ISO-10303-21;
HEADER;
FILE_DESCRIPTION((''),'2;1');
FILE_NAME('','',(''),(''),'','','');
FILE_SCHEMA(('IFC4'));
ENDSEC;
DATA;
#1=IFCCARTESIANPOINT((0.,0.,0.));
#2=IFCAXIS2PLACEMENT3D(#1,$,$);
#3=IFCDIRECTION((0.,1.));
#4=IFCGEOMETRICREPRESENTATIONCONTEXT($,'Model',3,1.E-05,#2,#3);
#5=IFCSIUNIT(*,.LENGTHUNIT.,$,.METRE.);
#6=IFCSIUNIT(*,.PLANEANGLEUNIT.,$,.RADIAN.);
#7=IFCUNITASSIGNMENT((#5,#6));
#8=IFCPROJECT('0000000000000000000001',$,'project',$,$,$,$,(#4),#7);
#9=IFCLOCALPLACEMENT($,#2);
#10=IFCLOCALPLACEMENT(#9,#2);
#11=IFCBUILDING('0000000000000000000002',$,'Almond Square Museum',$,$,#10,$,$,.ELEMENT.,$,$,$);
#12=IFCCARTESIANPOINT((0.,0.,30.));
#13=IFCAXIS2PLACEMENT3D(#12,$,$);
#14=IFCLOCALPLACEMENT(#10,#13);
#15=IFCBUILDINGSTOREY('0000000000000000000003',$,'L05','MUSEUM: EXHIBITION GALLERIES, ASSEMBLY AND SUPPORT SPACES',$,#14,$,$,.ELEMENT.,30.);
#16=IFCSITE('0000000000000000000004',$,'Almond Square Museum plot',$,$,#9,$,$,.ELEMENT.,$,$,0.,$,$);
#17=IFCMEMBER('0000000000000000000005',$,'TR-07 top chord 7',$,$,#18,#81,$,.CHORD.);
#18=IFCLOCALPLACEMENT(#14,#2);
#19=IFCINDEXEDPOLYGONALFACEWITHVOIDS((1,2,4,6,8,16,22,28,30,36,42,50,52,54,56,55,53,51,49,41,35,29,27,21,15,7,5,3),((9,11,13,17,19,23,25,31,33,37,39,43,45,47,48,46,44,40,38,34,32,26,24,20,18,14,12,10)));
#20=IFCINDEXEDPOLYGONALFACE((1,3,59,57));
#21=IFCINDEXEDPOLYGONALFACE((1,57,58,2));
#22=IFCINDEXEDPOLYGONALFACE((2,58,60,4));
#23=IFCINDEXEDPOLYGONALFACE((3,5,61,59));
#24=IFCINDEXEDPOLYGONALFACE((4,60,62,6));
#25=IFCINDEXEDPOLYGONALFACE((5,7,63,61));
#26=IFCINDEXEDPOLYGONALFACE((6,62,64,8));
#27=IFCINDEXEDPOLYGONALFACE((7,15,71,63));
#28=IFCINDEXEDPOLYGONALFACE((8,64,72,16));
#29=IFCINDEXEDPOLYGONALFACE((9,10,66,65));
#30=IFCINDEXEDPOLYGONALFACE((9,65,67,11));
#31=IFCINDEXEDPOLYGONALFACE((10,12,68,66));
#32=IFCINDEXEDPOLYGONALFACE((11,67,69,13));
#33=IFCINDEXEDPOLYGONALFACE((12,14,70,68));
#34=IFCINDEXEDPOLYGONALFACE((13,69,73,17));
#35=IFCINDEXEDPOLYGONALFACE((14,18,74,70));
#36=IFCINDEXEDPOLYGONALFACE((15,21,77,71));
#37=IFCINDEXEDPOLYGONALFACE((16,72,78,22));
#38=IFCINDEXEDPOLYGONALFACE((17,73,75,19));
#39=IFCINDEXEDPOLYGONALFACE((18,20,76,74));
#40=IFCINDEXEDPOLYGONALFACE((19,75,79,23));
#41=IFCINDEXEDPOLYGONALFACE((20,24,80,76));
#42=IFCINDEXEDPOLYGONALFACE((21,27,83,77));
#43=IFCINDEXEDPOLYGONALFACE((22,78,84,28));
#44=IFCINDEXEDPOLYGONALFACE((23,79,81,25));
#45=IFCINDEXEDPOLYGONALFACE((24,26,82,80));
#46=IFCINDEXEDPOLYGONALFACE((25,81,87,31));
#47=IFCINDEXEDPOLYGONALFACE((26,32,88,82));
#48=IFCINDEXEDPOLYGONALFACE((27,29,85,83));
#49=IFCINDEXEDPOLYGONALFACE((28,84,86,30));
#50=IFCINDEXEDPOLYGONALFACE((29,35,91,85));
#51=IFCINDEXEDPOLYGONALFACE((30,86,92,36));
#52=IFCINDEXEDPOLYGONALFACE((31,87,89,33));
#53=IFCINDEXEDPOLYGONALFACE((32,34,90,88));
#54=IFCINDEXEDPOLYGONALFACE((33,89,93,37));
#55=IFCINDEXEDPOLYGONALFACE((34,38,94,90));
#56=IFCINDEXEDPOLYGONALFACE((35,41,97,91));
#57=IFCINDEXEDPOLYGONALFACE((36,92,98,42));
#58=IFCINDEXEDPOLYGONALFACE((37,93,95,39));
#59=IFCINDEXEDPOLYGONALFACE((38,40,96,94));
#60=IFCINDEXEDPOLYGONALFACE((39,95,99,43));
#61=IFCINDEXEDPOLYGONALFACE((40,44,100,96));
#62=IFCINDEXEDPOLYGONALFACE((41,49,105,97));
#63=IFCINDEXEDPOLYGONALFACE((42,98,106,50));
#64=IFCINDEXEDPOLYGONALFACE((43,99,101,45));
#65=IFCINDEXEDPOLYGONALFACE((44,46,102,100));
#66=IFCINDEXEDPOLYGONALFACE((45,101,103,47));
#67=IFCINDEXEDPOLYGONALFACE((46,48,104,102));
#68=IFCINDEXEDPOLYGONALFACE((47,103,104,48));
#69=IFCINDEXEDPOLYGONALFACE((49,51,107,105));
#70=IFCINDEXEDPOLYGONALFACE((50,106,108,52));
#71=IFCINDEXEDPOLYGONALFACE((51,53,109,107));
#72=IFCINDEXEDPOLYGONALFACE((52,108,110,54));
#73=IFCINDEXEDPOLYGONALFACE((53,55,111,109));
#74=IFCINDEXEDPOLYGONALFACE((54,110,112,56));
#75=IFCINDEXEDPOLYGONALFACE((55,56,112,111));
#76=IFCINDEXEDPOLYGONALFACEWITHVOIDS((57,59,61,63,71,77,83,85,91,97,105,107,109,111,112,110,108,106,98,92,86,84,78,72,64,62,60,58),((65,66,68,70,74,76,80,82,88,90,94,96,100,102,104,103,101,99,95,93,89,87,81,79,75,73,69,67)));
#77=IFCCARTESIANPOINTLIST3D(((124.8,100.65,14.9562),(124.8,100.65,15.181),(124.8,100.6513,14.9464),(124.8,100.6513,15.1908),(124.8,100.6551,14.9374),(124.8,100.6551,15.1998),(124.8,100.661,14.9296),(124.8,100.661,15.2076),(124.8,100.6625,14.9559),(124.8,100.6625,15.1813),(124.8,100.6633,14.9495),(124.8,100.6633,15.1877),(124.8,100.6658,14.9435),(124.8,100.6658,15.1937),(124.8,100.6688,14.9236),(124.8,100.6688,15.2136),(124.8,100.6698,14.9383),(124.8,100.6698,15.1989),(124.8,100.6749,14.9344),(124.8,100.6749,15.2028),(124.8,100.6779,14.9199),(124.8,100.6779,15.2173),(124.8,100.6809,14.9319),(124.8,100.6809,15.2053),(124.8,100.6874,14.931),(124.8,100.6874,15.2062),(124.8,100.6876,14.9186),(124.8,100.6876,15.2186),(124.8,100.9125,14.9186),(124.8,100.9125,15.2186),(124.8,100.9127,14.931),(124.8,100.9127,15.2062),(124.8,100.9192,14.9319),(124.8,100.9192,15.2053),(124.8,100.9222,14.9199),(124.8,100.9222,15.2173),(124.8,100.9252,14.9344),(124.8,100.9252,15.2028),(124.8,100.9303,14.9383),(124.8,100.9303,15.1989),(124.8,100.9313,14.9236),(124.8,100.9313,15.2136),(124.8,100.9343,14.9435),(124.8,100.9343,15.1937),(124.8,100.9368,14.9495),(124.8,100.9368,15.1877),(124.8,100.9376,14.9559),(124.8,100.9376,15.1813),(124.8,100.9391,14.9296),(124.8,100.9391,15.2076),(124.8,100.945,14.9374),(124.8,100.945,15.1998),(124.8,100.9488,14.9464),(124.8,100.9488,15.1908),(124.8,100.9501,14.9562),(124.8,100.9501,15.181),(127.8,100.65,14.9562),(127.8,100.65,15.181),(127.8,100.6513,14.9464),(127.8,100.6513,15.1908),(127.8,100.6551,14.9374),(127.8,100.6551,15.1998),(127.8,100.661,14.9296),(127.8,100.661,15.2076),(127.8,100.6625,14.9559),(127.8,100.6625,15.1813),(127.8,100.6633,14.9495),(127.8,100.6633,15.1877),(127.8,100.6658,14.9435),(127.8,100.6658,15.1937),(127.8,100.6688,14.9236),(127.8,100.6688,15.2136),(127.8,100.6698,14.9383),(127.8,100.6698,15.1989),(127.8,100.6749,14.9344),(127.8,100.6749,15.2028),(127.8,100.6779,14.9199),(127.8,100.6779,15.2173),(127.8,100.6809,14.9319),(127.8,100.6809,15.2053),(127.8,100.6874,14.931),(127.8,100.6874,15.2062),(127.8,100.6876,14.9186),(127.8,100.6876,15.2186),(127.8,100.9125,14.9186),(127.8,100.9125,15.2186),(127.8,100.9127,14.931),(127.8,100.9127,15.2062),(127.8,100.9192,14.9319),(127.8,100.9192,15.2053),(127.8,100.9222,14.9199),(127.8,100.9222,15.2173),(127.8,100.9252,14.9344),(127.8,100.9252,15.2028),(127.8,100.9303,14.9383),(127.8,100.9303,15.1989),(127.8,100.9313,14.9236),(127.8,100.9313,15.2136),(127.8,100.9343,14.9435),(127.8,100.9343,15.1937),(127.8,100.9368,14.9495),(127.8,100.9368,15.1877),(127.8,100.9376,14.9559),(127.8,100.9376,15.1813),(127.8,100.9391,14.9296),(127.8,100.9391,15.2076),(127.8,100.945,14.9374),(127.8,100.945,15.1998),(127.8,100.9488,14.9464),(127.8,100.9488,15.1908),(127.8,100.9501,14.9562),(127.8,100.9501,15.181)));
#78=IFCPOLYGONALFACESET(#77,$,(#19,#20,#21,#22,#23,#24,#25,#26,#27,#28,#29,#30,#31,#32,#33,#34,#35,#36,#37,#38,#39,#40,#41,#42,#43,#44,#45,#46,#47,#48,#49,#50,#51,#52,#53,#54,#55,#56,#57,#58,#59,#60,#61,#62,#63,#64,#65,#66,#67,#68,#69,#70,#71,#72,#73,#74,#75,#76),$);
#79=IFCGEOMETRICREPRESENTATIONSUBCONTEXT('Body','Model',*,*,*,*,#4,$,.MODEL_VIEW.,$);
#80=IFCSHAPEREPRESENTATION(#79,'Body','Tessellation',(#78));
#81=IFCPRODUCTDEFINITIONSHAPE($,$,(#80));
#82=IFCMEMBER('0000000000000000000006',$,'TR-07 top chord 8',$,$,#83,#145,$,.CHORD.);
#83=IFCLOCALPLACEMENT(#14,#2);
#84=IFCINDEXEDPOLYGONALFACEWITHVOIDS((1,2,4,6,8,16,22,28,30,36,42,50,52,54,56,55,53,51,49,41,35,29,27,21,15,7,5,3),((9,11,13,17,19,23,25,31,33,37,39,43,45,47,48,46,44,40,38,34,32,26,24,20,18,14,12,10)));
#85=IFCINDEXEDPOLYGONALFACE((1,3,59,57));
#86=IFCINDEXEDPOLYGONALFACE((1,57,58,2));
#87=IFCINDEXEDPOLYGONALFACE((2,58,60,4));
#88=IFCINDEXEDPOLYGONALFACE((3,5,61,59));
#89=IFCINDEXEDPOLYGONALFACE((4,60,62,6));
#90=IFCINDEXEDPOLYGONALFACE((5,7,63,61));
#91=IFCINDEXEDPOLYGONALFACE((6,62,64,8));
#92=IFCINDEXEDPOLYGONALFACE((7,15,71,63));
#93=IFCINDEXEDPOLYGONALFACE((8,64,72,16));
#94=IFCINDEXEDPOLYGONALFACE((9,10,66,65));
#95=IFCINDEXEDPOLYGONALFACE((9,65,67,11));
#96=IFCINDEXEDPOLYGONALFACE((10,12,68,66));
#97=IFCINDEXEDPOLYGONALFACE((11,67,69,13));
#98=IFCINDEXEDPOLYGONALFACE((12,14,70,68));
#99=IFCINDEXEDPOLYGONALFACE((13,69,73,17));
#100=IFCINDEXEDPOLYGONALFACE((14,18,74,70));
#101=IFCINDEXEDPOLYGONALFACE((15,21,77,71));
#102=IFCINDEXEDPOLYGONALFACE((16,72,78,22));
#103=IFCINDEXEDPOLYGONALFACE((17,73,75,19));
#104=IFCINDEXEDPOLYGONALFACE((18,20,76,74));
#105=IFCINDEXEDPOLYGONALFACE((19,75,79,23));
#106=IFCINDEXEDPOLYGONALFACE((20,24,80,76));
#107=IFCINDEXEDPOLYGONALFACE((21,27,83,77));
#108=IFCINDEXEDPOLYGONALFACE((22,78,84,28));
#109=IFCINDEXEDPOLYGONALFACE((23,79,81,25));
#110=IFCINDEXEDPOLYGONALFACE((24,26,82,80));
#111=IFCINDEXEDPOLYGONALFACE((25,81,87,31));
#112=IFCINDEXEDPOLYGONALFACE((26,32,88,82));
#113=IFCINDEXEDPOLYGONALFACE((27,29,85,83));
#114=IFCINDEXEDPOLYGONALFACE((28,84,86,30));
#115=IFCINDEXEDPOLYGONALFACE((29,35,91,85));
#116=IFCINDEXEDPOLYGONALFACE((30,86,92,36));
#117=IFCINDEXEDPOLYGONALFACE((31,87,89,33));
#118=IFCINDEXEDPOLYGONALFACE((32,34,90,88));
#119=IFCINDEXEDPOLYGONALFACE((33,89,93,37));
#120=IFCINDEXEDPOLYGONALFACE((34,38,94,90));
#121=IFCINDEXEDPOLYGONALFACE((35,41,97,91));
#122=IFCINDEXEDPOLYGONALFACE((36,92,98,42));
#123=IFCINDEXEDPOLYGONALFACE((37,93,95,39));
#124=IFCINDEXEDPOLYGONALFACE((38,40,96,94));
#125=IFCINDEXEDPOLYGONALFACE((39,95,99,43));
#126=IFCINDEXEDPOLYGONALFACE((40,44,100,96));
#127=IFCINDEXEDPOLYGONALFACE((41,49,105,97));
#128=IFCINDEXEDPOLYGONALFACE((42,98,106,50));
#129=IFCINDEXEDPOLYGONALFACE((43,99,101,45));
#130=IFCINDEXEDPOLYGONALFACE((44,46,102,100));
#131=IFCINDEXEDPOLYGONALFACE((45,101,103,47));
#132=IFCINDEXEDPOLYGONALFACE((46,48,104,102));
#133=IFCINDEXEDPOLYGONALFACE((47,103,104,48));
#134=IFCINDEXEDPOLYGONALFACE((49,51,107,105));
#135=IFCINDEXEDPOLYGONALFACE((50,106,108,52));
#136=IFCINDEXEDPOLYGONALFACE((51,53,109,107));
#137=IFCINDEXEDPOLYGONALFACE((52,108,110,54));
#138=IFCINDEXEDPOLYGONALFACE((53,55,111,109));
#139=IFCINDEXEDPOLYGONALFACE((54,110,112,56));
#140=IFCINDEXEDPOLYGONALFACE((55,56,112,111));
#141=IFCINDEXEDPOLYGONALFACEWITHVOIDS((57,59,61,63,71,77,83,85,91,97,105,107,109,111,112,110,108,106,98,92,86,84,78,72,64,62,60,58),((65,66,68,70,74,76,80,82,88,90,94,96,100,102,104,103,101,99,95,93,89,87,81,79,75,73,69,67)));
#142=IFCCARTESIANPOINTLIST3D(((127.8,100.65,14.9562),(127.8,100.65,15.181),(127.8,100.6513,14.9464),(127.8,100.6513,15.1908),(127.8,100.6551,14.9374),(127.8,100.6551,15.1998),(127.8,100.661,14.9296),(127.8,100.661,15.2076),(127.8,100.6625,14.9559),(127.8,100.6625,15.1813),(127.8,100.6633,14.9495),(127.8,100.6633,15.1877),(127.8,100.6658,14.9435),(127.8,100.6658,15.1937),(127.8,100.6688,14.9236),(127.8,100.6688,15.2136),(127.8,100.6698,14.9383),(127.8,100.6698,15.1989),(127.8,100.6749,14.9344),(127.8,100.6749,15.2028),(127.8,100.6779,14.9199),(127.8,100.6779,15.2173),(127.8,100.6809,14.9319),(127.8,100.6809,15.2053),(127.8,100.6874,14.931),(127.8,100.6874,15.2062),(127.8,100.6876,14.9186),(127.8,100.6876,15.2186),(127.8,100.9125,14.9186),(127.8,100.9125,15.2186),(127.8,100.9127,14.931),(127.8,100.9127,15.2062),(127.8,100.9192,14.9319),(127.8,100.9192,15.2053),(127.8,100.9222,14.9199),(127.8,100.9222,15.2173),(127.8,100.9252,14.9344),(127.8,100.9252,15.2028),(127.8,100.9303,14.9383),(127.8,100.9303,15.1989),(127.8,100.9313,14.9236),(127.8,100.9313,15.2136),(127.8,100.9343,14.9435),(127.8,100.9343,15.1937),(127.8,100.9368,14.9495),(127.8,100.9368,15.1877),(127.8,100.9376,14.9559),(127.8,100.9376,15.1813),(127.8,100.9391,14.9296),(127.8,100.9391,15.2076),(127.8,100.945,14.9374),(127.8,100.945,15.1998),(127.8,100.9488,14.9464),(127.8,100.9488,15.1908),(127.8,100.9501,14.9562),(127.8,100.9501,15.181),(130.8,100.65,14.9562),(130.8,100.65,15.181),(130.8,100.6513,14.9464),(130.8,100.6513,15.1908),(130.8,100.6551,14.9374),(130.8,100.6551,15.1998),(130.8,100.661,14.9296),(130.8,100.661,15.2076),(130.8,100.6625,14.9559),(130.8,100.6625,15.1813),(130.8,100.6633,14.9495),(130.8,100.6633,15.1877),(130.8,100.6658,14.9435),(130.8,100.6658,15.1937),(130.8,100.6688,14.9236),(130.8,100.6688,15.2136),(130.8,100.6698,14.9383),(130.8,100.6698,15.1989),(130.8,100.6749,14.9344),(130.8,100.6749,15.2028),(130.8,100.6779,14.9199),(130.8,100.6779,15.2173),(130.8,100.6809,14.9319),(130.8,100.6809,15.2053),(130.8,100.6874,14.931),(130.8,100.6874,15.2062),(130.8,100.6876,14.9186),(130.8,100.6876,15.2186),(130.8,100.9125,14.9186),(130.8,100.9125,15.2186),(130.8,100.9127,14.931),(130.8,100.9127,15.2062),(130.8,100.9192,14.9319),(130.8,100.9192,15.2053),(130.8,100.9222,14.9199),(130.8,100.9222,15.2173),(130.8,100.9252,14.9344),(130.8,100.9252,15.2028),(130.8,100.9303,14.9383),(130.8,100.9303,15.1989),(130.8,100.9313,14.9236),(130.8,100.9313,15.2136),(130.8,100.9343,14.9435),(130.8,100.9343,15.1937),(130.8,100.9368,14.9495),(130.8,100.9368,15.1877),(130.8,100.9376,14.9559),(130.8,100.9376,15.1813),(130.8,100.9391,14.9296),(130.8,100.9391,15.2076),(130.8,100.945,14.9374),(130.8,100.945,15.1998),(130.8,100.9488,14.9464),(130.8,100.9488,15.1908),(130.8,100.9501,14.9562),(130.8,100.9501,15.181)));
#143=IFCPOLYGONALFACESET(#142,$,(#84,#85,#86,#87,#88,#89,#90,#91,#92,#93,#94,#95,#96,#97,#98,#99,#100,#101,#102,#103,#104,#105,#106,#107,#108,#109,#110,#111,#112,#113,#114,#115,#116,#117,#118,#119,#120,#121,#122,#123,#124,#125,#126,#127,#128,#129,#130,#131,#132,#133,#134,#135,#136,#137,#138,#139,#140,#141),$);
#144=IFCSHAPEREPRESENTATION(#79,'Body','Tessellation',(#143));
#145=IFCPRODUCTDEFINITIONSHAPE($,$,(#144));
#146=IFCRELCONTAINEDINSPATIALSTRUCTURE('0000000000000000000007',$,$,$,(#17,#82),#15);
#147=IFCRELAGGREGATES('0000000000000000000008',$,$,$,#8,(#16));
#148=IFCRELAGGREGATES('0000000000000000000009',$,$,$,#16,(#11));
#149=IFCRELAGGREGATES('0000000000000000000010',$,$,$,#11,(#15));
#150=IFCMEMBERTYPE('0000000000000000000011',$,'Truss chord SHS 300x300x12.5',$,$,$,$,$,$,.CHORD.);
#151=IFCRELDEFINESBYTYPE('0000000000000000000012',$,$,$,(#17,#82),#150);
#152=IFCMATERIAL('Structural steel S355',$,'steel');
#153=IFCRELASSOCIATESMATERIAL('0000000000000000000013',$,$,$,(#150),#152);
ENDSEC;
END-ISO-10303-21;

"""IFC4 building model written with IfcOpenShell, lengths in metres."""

from ifc_helpers import new_model, si_unit, direction, frame, origin, origin_2d, place, context, subcontext, project, spatial, hollow_rectangle, extrude, material, material_profile, profile_set, type_object, element, save


model = new_model("IFC4")

# Units and contexts
model_context = context("Model", 3, precision=1e-05, world=origin(), true_north=direction((0.0, 1.0)))
body_context = subcontext(model_context, "Body", "Model", "MODEL_VIEW")
ifc_project = project(units=[si_unit("LENGTHUNIT", "METRE"), si_unit("PLANEANGLEUNIT", "RADIAN")], contexts=[model_context])

# Site, building, storey
site_placement = place(None, origin())
site = spatial("IfcSite", under=ifc_project, at=site_placement, Name="Almond Square Museum plot", CompositionType="ELEMENT", RefElevation=0.0)
building_placement = place(site_placement, origin())
building = spatial("IfcBuilding", under=site, at=building_placement, Name="Almond Square Museum", CompositionType="ELEMENT")
storey_placement = place(building_placement, frame((0.0, 0.0, 30.0)))
storey = spatial("IfcBuildingStorey", under=building, at=storey_placement, Name="L05", Description="MUSEUM: EXHIBITION GALLERIES, ASSEMBLY AND SUPPORT SPACES", CompositionType="ELEMENT", Elevation=30.0)

# Members
ifc_material_1 = material(Name="Structural steel S355", Category="steel")
ifc_material_profile_1 = material_profile(ifc_material_1, hollow_rectangle(XDim=0.3, YDim=0.3, WallThickness=0.0125, InnerFilletRadius=0.0249, OuterFilletRadius=0.0376, at=origin_2d()))
ifc_profile_set_1 = profile_set([ifc_material_profile_1], Name="Structural steel S355")
member_type_1 = type_object("IfcMemberType", Name="Truss chord SHS 300x300x12.5", PredefinedType="CHORD", material=ifc_profile_set_1)
for number, where, z_axis, x_axis, name in (
    (1, (124.8, 100.8, 15.0686), (1.0, 0.0, 0.0), (0.0, 1.0, 0.0), "TR-07 top chord 7"),
    (2, (127.8, 100.8, 15.0686), (1.0, 0.0, 0.0), (0.0, 1.0, 0.0), "TR-07 top chord 8"),
):
    element("IfcMember", number, at=place(storey_placement, frame(where, z_axis=z_axis, x_axis=x_axis)), inside=storey, type_object=member_type_1, Name=name, PredefinedType="CHORD", context=body_context, shape_type="SweptSolid", body=[
        extrude(hollow_rectangle(XDim=0.3, YDim=0.3, WallThickness=0.0125, InnerFilletRadius=0.0249, OuterFilletRadius=0.0376, at=origin_2d()), origin(), (0.0, 0.0, 1.0), 3.0),
    ])

save(model, "model.ifc")
